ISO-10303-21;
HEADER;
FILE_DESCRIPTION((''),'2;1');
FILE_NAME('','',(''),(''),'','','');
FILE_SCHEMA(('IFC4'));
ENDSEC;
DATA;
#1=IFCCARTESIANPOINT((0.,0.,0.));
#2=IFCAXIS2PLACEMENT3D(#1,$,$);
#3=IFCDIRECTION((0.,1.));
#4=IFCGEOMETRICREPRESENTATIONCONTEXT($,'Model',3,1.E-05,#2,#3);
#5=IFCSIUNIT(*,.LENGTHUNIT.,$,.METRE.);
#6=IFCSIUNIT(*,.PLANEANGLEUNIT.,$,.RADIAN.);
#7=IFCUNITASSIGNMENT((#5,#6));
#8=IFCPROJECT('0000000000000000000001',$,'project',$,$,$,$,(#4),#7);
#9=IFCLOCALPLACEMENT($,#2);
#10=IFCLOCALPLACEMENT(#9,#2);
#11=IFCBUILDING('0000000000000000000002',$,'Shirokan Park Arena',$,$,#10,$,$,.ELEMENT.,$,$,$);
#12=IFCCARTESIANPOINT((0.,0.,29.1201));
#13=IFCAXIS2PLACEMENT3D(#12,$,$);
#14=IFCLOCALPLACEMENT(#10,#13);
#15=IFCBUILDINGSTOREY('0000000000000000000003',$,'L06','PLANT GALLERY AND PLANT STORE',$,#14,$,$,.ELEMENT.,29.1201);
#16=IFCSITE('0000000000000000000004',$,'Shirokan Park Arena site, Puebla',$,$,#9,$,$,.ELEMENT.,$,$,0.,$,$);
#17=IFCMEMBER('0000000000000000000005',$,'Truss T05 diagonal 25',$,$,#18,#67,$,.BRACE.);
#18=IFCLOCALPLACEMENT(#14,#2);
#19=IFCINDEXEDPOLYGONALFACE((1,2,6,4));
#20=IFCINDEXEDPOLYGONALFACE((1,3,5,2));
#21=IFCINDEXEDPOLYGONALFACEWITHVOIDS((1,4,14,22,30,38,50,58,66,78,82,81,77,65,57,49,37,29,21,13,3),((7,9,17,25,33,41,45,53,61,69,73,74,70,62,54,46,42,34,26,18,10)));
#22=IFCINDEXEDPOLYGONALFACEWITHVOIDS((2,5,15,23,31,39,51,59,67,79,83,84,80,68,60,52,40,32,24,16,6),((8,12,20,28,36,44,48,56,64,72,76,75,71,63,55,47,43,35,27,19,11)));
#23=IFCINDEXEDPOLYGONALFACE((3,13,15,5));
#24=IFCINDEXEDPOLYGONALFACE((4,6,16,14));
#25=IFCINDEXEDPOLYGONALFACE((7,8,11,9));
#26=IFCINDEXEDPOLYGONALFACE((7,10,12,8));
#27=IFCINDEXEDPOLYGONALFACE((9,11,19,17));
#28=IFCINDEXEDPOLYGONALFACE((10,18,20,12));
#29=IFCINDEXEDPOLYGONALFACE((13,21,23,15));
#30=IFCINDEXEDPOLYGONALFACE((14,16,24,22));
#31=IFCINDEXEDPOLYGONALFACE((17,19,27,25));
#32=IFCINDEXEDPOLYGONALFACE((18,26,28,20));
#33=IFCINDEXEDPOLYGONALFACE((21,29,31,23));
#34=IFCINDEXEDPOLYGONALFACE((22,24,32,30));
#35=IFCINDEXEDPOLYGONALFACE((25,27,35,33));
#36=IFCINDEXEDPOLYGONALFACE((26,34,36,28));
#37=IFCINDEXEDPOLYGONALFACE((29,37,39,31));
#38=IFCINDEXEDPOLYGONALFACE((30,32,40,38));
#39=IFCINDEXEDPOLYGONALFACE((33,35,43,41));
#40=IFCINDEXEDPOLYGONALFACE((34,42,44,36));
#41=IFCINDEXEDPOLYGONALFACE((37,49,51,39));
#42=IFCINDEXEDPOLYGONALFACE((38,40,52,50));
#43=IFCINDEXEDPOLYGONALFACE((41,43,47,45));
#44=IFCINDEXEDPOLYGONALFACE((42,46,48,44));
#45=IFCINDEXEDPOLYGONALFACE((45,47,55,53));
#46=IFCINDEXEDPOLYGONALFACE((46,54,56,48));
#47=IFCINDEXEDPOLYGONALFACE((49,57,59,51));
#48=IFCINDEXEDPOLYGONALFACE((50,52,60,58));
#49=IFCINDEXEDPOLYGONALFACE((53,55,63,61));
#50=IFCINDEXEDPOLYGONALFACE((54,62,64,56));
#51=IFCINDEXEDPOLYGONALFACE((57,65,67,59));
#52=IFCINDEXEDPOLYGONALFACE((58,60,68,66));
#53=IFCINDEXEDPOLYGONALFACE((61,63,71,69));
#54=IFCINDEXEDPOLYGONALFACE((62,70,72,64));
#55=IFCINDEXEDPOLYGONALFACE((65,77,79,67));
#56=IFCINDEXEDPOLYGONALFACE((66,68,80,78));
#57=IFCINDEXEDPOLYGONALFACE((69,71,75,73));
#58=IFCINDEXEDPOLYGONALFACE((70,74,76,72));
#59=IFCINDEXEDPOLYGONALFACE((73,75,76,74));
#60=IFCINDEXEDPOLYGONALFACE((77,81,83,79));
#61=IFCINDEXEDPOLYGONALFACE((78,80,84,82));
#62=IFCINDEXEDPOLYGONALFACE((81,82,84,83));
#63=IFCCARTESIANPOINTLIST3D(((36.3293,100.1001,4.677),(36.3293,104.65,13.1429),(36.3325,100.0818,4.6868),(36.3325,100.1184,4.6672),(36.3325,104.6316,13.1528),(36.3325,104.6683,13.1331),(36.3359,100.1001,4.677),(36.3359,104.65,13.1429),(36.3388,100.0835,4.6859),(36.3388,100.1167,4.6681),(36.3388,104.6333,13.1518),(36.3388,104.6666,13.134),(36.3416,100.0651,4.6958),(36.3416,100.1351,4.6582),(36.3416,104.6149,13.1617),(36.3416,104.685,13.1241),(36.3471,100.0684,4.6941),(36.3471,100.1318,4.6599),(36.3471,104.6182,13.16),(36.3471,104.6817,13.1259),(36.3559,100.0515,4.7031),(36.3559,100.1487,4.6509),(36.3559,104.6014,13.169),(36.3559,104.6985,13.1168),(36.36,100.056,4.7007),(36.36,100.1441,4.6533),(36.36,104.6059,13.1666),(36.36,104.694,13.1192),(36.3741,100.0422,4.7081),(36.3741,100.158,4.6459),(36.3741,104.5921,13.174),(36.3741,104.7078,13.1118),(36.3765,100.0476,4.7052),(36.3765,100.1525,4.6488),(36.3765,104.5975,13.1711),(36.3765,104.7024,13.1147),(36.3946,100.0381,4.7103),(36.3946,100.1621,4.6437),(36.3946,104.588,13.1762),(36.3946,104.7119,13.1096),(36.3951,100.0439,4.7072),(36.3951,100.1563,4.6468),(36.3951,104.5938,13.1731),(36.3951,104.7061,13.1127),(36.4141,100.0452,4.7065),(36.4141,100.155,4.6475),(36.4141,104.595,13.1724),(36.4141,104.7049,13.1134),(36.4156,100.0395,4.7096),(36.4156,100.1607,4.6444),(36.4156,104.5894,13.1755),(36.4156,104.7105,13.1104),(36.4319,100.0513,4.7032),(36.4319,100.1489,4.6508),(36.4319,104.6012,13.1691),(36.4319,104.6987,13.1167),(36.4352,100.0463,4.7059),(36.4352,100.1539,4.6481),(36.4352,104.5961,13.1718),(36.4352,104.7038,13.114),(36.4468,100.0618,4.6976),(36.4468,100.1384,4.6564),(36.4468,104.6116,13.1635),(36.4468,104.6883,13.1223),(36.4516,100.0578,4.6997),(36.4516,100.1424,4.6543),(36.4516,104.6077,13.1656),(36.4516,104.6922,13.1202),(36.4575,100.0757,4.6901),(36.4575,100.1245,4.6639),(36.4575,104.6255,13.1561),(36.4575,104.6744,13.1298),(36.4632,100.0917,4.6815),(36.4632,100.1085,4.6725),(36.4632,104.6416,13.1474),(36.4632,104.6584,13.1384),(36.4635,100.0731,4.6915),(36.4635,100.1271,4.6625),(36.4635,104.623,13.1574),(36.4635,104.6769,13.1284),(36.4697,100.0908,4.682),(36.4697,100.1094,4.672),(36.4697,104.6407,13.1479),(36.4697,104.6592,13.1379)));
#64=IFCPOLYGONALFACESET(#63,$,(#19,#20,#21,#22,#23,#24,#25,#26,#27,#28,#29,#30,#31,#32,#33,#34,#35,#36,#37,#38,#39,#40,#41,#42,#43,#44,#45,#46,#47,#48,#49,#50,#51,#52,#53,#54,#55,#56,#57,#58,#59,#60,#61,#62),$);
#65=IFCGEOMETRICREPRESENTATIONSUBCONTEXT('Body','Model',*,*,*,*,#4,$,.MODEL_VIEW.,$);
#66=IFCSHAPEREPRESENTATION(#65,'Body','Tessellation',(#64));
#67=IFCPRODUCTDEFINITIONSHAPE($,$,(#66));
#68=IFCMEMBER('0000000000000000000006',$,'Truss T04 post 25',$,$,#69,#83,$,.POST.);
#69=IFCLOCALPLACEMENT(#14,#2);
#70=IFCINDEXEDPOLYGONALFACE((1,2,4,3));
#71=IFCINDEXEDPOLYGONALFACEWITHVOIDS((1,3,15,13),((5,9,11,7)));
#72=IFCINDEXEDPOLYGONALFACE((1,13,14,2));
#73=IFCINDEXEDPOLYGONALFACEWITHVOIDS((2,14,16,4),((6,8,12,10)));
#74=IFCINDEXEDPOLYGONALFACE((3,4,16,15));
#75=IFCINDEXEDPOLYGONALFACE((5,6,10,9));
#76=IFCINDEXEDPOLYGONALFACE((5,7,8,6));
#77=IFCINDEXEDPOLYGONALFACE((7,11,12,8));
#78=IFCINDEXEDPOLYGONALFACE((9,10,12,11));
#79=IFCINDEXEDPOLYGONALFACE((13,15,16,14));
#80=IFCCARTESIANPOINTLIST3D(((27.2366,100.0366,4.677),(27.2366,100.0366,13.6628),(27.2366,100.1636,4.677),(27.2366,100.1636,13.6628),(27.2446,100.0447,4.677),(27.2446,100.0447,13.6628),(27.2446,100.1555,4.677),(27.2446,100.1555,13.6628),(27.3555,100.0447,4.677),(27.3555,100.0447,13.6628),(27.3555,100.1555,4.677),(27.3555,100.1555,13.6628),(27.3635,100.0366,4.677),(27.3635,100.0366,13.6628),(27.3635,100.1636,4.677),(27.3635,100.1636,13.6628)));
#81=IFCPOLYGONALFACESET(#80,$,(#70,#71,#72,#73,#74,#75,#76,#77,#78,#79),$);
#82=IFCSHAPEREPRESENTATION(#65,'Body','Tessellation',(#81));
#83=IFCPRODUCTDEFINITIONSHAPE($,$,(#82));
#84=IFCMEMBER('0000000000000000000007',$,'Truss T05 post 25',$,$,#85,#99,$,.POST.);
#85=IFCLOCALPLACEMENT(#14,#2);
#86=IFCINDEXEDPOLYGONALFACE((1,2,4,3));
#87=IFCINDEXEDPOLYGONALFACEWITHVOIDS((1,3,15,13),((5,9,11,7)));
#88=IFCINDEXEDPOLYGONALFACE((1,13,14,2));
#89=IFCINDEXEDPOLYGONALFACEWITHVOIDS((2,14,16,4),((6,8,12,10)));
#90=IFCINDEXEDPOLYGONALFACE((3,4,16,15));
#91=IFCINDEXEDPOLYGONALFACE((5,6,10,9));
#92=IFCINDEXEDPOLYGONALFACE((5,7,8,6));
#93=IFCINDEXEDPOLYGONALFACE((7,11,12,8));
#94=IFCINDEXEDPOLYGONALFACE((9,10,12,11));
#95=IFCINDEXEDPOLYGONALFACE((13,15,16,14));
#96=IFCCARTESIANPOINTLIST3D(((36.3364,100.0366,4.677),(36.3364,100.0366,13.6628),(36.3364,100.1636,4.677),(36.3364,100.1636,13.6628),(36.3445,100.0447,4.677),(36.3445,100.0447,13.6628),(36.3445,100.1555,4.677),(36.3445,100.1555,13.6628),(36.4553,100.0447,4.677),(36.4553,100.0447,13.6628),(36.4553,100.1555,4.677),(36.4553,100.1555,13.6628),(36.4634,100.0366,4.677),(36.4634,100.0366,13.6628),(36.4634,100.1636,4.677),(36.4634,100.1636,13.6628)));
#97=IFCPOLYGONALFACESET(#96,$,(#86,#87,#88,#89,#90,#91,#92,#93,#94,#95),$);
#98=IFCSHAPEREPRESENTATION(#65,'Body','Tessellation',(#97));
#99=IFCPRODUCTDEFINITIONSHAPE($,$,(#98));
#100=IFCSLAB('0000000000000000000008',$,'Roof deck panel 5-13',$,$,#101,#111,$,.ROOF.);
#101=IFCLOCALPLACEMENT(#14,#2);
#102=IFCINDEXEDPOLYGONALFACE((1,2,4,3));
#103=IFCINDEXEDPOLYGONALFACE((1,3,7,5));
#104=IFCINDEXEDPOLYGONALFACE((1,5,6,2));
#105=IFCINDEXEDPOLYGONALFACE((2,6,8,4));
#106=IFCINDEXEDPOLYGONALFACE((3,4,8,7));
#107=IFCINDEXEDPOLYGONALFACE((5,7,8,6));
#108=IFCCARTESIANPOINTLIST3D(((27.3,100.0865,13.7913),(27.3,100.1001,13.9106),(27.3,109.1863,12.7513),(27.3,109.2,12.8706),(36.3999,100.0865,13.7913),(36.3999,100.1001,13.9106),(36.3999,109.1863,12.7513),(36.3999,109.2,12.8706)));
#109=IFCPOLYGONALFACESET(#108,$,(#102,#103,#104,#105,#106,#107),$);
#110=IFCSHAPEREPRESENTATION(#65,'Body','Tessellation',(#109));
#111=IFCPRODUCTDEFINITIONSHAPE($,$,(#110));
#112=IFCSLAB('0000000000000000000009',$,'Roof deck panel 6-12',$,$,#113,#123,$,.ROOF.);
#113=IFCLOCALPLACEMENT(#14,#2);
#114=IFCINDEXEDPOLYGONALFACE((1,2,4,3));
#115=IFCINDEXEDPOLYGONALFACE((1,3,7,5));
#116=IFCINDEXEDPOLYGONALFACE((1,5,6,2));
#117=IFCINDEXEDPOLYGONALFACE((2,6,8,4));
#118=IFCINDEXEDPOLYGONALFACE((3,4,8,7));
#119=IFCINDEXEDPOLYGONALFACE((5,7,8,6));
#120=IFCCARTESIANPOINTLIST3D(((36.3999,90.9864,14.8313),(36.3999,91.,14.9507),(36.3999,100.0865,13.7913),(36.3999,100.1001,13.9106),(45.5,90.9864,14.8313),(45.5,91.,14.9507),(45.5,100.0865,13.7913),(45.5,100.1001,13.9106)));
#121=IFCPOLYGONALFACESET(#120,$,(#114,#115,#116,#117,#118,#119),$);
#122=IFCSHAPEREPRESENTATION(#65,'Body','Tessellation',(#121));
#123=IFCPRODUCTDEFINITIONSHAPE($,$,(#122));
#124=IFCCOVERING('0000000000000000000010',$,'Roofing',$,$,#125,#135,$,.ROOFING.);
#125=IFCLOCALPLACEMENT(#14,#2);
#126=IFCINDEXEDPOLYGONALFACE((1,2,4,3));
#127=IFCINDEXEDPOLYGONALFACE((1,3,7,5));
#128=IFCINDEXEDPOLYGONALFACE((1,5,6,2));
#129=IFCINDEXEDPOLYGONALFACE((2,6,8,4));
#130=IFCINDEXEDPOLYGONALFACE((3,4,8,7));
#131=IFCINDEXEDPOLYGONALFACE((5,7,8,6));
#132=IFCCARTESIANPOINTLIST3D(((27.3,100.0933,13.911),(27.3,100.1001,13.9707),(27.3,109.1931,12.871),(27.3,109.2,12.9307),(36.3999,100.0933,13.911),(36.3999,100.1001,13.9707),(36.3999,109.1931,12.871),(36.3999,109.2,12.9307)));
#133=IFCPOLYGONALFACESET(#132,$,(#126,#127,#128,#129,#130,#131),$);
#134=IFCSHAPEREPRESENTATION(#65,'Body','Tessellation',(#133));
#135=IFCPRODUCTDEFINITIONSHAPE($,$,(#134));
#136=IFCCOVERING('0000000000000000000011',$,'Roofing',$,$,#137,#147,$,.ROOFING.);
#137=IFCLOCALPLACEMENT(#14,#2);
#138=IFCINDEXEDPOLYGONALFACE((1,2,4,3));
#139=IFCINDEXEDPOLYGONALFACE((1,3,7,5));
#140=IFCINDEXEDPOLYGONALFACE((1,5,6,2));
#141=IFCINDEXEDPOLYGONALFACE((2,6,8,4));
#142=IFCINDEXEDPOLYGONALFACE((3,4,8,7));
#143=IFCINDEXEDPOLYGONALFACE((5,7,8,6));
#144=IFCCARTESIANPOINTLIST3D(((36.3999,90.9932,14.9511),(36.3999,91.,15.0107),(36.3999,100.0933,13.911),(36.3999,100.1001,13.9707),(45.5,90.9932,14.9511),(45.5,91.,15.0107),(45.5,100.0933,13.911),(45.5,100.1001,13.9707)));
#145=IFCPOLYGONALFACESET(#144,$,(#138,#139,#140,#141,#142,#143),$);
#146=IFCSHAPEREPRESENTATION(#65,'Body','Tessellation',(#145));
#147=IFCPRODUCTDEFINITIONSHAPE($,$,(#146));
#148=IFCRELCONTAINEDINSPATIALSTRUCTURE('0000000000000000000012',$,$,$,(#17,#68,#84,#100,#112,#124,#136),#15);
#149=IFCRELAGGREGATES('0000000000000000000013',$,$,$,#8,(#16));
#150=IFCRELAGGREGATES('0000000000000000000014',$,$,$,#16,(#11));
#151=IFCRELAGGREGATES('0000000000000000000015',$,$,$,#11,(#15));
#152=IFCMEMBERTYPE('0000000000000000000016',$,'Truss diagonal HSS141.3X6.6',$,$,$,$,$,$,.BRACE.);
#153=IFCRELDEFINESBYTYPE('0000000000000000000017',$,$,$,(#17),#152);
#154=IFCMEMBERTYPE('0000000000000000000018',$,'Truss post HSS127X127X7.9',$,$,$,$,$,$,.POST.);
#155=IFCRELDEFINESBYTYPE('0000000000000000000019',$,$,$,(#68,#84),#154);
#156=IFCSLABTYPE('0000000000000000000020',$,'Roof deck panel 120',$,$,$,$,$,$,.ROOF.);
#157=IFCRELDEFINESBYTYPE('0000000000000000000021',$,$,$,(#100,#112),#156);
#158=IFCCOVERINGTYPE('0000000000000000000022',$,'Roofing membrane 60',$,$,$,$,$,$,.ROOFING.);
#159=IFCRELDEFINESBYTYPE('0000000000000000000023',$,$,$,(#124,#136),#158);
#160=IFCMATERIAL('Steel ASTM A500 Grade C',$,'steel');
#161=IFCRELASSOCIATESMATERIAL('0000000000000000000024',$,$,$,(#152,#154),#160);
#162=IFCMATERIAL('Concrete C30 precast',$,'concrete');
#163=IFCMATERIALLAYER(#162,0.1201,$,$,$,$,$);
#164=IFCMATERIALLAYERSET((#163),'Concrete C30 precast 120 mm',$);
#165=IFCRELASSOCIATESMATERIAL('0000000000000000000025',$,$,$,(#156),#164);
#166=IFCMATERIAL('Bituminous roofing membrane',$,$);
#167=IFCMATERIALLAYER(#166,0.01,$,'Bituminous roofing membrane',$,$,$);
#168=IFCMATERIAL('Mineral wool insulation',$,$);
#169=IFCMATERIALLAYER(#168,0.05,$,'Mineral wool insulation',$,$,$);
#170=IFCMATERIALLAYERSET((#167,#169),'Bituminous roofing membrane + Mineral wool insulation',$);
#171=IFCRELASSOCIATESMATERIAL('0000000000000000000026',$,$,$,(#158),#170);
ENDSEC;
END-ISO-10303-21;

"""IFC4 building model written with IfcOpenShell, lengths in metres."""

from ifc_helpers import new_model, si_unit, direction, frame, origin, origin_2d, place, context, subcontext, project, spatial, polyline, hollow_rectangle, hollow_circle, outline, extrude, material, layer, layer_set, material_profile, profile_set, type_object, element, save


model = new_model("IFC4")

# Units and contexts
model_context = context("Model", 3, precision=1e-05, world=origin(), true_north=direction((0.0, 1.0)))
body_context = subcontext(model_context, "Body", "Model", "MODEL_VIEW")
ifc_project = project(units=[si_unit("LENGTHUNIT", "METRE"), si_unit("PLANEANGLEUNIT", "RADIAN")], contexts=[model_context])

# Site, building, storey
site_placement = place(None, origin())
site = spatial("IfcSite", under=ifc_project, at=site_placement, Name="Shirokan Park Arena site, Puebla", CompositionType="ELEMENT", RefElevation=0.0)
building_placement = place(site_placement, origin())
building = spatial("IfcBuilding", under=site, at=building_placement, Name="Shirokan Park Arena", CompositionType="ELEMENT")
storey_placement = place(building_placement, frame((0.0, 0.0, 29.1201)))
storey = spatial("IfcBuildingStorey", under=building, at=storey_placement, Name="L06", Description="PLANT GALLERY AND PLANT STORE", CompositionType="ELEMENT", Elevation=29.1201)

# Members
ifc_material_1 = material(Name="Steel ASTM A500 Grade C", Category="steel")
ifc_material_profile_1 = material_profile(ifc_material_1, hollow_circle(Radius=0.0706, WallThickness=0.0066, at=origin_2d()), Name="HSS141.3X6.6")
ifc_profile_set_1 = profile_set([ifc_material_profile_1], Name="Steel ASTM A500 Grade C")
member_type_1 = type_object("IfcMemberType", Name="Truss diagonal HSS141.3X6.6", PredefinedType="BRACE", material=ifc_profile_set_1)
member_1_placement = place(storey_placement, frame((36.3999, 100.1001, 4.677), z_axis=(0.0, 0.473397, 0.880849), x_axis=(-1.0, 0.0, 0.0)))
element("IfcMember", 1, at=member_1_placement, inside=storey, type_object=member_type_1, Name="Truss T05 diagonal 25", PredefinedType="BRACE", context=body_context, shape_type="SweptSolid", body=[
    extrude(hollow_circle(Radius=0.0706, WallThickness=0.0066, at=origin_2d()), origin(), (0.0, 0.0, 1.0), 9.6111),
])
ifc_material_profile_2 = material_profile(ifc_material_1, hollow_rectangle(XDim=0.127, YDim=0.127, WallThickness=0.0081, at=origin_2d()), Name="HSS127X127X7.9")
ifc_profile_set_2 = profile_set([ifc_material_profile_2], Name="Steel ASTM A500 Grade C")
member_type_2 = type_object("IfcMemberType", Name="Truss post HSS127X127X7.9", PredefinedType="POST", material=ifc_profile_set_2)
for number, where, z_axis, x_axis, name in (
    (2, (27.3, 100.1001, 4.677), (0.0, 0.0, 1.0), (1.0, 0.0, 0.0), "Truss T04 post 25"),
    (3, (36.3999, 100.1001, 4.677), (0.0, 0.0, 1.0), (1.0, 0.0, 0.0), "Truss T05 post 25"),
):
    element("IfcMember", number, at=place(storey_placement, frame(where, z_axis=z_axis, x_axis=x_axis)), inside=storey, type_object=member_type_2, Name=name, PredefinedType="POST", context=body_context, shape_type="SweptSolid", body=[
        extrude(hollow_rectangle(XDim=0.127, YDim=0.127, WallThickness=0.0081, at=origin_2d()), origin(), (0.0, 0.0, 1.0), 8.9858),
    ])

# Slabs
ifc_material_2 = material(Name="Concrete C30 precast", Category="concrete")
ifc_layer_1 = layer(ifc_material_2, 0.1201)
ifc_layer_set_1 = layer_set([ifc_layer_1], Name="Concrete C30 precast 120 mm")
slab_type = type_object("IfcSlabType", Name="Roof deck panel 120", PredefinedType="ROOF", material=ifc_layer_set_1)
slab_1_placement = place(storey_placement, frame((27.3, 100.1001, 13.9106), z_axis=(0.0, 0.113553, 0.993532), x_axis=(1.0, 0.0, 0.0)))
element("IfcSlab", 4, at=slab_1_placement, inside=storey, type_object=slab_type, Name="Roof deck panel 5-13", PredefinedType="ROOF", context=body_context, shape_type="SweptSolid", body=[
    extrude(outline(polyline([(0.0, 0.0), (9.0999, 0.0), (9.0999, 9.1591), (0.0, 9.1591), (0.0, 0.0)])), origin(), (0.0, 0.0, -1.0), 0.1201),
])
slab_2_placement = place(storey_placement, frame((36.3999, 91.0, 14.9507), z_axis=(0.0, 0.11355, 0.993532), x_axis=(1.0, 0.0, 0.0)))
element("IfcSlab", 5, at=slab_2_placement, inside=storey, type_object=slab_type, Name="Roof deck panel 6-12", PredefinedType="ROOF", context=body_context, shape_type="SweptSolid", body=[
    extrude(outline(polyline([(0.0, 0.0), (9.1001, 0.0), (9.1001, 9.1593), (0.0, 9.1593), (0.0, 0.0)])), origin(), (0.0, 0.0, -1.0), 0.1201),
])

# Coverings
ifc_material_3 = material(Name="Bituminous roofing membrane")
ifc_layer_2 = layer(ifc_material_3, 0.01, Name="Bituminous roofing membrane")
ifc_material_4 = material(Name="Mineral wool insulation")
ifc_layer_3 = layer(ifc_material_4, 0.05, Name="Mineral wool insulation")
ifc_layer_set_2 = layer_set([ifc_layer_2, ifc_layer_3], Name="Bituminous roofing membrane + Mineral wool insulation")
covering_type = type_object("IfcCoveringType", Name="Roofing membrane 60", PredefinedType="ROOFING", material=ifc_layer_set_2)
covering_1_placement = place(storey_placement, frame((27.3, 100.1001, 13.9707), z_axis=(0.0, 0.113553, 0.993532), x_axis=(1.0, 0.0, 0.0)))
element("IfcCovering", 6, at=covering_1_placement, inside=storey, type_object=covering_type, Name="Roofing", PredefinedType="ROOFING", context=body_context, shape_type="SweptSolid", body=[
    extrude(outline(polyline([(0.0, 0.0), (9.0999, 0.0), (9.0999, 9.1591), (0.0, 9.1591), (0.0, 0.0)])), origin(), (0.0, 0.0, -1.0), 0.0601),
])
covering_2_placement = place(storey_placement, frame((36.3999, 91.0, 15.0107), z_axis=(0.0, 0.11355, 0.993532), x_axis=(1.0, 0.0, 0.0)))
element("IfcCovering", 7, at=covering_2_placement, inside=storey, type_object=covering_type, Name="Roofing", PredefinedType="ROOFING", context=body_context, shape_type="SweptSolid", body=[
    extrude(outline(polyline([(0.0, 0.0), (9.1001, 0.0), (9.1001, 9.1593), (0.0, 9.1593), (0.0, 0.0)])), origin(), (0.0, 0.0, -1.0), 0.0601),
])

save(model, "model.ifc")
